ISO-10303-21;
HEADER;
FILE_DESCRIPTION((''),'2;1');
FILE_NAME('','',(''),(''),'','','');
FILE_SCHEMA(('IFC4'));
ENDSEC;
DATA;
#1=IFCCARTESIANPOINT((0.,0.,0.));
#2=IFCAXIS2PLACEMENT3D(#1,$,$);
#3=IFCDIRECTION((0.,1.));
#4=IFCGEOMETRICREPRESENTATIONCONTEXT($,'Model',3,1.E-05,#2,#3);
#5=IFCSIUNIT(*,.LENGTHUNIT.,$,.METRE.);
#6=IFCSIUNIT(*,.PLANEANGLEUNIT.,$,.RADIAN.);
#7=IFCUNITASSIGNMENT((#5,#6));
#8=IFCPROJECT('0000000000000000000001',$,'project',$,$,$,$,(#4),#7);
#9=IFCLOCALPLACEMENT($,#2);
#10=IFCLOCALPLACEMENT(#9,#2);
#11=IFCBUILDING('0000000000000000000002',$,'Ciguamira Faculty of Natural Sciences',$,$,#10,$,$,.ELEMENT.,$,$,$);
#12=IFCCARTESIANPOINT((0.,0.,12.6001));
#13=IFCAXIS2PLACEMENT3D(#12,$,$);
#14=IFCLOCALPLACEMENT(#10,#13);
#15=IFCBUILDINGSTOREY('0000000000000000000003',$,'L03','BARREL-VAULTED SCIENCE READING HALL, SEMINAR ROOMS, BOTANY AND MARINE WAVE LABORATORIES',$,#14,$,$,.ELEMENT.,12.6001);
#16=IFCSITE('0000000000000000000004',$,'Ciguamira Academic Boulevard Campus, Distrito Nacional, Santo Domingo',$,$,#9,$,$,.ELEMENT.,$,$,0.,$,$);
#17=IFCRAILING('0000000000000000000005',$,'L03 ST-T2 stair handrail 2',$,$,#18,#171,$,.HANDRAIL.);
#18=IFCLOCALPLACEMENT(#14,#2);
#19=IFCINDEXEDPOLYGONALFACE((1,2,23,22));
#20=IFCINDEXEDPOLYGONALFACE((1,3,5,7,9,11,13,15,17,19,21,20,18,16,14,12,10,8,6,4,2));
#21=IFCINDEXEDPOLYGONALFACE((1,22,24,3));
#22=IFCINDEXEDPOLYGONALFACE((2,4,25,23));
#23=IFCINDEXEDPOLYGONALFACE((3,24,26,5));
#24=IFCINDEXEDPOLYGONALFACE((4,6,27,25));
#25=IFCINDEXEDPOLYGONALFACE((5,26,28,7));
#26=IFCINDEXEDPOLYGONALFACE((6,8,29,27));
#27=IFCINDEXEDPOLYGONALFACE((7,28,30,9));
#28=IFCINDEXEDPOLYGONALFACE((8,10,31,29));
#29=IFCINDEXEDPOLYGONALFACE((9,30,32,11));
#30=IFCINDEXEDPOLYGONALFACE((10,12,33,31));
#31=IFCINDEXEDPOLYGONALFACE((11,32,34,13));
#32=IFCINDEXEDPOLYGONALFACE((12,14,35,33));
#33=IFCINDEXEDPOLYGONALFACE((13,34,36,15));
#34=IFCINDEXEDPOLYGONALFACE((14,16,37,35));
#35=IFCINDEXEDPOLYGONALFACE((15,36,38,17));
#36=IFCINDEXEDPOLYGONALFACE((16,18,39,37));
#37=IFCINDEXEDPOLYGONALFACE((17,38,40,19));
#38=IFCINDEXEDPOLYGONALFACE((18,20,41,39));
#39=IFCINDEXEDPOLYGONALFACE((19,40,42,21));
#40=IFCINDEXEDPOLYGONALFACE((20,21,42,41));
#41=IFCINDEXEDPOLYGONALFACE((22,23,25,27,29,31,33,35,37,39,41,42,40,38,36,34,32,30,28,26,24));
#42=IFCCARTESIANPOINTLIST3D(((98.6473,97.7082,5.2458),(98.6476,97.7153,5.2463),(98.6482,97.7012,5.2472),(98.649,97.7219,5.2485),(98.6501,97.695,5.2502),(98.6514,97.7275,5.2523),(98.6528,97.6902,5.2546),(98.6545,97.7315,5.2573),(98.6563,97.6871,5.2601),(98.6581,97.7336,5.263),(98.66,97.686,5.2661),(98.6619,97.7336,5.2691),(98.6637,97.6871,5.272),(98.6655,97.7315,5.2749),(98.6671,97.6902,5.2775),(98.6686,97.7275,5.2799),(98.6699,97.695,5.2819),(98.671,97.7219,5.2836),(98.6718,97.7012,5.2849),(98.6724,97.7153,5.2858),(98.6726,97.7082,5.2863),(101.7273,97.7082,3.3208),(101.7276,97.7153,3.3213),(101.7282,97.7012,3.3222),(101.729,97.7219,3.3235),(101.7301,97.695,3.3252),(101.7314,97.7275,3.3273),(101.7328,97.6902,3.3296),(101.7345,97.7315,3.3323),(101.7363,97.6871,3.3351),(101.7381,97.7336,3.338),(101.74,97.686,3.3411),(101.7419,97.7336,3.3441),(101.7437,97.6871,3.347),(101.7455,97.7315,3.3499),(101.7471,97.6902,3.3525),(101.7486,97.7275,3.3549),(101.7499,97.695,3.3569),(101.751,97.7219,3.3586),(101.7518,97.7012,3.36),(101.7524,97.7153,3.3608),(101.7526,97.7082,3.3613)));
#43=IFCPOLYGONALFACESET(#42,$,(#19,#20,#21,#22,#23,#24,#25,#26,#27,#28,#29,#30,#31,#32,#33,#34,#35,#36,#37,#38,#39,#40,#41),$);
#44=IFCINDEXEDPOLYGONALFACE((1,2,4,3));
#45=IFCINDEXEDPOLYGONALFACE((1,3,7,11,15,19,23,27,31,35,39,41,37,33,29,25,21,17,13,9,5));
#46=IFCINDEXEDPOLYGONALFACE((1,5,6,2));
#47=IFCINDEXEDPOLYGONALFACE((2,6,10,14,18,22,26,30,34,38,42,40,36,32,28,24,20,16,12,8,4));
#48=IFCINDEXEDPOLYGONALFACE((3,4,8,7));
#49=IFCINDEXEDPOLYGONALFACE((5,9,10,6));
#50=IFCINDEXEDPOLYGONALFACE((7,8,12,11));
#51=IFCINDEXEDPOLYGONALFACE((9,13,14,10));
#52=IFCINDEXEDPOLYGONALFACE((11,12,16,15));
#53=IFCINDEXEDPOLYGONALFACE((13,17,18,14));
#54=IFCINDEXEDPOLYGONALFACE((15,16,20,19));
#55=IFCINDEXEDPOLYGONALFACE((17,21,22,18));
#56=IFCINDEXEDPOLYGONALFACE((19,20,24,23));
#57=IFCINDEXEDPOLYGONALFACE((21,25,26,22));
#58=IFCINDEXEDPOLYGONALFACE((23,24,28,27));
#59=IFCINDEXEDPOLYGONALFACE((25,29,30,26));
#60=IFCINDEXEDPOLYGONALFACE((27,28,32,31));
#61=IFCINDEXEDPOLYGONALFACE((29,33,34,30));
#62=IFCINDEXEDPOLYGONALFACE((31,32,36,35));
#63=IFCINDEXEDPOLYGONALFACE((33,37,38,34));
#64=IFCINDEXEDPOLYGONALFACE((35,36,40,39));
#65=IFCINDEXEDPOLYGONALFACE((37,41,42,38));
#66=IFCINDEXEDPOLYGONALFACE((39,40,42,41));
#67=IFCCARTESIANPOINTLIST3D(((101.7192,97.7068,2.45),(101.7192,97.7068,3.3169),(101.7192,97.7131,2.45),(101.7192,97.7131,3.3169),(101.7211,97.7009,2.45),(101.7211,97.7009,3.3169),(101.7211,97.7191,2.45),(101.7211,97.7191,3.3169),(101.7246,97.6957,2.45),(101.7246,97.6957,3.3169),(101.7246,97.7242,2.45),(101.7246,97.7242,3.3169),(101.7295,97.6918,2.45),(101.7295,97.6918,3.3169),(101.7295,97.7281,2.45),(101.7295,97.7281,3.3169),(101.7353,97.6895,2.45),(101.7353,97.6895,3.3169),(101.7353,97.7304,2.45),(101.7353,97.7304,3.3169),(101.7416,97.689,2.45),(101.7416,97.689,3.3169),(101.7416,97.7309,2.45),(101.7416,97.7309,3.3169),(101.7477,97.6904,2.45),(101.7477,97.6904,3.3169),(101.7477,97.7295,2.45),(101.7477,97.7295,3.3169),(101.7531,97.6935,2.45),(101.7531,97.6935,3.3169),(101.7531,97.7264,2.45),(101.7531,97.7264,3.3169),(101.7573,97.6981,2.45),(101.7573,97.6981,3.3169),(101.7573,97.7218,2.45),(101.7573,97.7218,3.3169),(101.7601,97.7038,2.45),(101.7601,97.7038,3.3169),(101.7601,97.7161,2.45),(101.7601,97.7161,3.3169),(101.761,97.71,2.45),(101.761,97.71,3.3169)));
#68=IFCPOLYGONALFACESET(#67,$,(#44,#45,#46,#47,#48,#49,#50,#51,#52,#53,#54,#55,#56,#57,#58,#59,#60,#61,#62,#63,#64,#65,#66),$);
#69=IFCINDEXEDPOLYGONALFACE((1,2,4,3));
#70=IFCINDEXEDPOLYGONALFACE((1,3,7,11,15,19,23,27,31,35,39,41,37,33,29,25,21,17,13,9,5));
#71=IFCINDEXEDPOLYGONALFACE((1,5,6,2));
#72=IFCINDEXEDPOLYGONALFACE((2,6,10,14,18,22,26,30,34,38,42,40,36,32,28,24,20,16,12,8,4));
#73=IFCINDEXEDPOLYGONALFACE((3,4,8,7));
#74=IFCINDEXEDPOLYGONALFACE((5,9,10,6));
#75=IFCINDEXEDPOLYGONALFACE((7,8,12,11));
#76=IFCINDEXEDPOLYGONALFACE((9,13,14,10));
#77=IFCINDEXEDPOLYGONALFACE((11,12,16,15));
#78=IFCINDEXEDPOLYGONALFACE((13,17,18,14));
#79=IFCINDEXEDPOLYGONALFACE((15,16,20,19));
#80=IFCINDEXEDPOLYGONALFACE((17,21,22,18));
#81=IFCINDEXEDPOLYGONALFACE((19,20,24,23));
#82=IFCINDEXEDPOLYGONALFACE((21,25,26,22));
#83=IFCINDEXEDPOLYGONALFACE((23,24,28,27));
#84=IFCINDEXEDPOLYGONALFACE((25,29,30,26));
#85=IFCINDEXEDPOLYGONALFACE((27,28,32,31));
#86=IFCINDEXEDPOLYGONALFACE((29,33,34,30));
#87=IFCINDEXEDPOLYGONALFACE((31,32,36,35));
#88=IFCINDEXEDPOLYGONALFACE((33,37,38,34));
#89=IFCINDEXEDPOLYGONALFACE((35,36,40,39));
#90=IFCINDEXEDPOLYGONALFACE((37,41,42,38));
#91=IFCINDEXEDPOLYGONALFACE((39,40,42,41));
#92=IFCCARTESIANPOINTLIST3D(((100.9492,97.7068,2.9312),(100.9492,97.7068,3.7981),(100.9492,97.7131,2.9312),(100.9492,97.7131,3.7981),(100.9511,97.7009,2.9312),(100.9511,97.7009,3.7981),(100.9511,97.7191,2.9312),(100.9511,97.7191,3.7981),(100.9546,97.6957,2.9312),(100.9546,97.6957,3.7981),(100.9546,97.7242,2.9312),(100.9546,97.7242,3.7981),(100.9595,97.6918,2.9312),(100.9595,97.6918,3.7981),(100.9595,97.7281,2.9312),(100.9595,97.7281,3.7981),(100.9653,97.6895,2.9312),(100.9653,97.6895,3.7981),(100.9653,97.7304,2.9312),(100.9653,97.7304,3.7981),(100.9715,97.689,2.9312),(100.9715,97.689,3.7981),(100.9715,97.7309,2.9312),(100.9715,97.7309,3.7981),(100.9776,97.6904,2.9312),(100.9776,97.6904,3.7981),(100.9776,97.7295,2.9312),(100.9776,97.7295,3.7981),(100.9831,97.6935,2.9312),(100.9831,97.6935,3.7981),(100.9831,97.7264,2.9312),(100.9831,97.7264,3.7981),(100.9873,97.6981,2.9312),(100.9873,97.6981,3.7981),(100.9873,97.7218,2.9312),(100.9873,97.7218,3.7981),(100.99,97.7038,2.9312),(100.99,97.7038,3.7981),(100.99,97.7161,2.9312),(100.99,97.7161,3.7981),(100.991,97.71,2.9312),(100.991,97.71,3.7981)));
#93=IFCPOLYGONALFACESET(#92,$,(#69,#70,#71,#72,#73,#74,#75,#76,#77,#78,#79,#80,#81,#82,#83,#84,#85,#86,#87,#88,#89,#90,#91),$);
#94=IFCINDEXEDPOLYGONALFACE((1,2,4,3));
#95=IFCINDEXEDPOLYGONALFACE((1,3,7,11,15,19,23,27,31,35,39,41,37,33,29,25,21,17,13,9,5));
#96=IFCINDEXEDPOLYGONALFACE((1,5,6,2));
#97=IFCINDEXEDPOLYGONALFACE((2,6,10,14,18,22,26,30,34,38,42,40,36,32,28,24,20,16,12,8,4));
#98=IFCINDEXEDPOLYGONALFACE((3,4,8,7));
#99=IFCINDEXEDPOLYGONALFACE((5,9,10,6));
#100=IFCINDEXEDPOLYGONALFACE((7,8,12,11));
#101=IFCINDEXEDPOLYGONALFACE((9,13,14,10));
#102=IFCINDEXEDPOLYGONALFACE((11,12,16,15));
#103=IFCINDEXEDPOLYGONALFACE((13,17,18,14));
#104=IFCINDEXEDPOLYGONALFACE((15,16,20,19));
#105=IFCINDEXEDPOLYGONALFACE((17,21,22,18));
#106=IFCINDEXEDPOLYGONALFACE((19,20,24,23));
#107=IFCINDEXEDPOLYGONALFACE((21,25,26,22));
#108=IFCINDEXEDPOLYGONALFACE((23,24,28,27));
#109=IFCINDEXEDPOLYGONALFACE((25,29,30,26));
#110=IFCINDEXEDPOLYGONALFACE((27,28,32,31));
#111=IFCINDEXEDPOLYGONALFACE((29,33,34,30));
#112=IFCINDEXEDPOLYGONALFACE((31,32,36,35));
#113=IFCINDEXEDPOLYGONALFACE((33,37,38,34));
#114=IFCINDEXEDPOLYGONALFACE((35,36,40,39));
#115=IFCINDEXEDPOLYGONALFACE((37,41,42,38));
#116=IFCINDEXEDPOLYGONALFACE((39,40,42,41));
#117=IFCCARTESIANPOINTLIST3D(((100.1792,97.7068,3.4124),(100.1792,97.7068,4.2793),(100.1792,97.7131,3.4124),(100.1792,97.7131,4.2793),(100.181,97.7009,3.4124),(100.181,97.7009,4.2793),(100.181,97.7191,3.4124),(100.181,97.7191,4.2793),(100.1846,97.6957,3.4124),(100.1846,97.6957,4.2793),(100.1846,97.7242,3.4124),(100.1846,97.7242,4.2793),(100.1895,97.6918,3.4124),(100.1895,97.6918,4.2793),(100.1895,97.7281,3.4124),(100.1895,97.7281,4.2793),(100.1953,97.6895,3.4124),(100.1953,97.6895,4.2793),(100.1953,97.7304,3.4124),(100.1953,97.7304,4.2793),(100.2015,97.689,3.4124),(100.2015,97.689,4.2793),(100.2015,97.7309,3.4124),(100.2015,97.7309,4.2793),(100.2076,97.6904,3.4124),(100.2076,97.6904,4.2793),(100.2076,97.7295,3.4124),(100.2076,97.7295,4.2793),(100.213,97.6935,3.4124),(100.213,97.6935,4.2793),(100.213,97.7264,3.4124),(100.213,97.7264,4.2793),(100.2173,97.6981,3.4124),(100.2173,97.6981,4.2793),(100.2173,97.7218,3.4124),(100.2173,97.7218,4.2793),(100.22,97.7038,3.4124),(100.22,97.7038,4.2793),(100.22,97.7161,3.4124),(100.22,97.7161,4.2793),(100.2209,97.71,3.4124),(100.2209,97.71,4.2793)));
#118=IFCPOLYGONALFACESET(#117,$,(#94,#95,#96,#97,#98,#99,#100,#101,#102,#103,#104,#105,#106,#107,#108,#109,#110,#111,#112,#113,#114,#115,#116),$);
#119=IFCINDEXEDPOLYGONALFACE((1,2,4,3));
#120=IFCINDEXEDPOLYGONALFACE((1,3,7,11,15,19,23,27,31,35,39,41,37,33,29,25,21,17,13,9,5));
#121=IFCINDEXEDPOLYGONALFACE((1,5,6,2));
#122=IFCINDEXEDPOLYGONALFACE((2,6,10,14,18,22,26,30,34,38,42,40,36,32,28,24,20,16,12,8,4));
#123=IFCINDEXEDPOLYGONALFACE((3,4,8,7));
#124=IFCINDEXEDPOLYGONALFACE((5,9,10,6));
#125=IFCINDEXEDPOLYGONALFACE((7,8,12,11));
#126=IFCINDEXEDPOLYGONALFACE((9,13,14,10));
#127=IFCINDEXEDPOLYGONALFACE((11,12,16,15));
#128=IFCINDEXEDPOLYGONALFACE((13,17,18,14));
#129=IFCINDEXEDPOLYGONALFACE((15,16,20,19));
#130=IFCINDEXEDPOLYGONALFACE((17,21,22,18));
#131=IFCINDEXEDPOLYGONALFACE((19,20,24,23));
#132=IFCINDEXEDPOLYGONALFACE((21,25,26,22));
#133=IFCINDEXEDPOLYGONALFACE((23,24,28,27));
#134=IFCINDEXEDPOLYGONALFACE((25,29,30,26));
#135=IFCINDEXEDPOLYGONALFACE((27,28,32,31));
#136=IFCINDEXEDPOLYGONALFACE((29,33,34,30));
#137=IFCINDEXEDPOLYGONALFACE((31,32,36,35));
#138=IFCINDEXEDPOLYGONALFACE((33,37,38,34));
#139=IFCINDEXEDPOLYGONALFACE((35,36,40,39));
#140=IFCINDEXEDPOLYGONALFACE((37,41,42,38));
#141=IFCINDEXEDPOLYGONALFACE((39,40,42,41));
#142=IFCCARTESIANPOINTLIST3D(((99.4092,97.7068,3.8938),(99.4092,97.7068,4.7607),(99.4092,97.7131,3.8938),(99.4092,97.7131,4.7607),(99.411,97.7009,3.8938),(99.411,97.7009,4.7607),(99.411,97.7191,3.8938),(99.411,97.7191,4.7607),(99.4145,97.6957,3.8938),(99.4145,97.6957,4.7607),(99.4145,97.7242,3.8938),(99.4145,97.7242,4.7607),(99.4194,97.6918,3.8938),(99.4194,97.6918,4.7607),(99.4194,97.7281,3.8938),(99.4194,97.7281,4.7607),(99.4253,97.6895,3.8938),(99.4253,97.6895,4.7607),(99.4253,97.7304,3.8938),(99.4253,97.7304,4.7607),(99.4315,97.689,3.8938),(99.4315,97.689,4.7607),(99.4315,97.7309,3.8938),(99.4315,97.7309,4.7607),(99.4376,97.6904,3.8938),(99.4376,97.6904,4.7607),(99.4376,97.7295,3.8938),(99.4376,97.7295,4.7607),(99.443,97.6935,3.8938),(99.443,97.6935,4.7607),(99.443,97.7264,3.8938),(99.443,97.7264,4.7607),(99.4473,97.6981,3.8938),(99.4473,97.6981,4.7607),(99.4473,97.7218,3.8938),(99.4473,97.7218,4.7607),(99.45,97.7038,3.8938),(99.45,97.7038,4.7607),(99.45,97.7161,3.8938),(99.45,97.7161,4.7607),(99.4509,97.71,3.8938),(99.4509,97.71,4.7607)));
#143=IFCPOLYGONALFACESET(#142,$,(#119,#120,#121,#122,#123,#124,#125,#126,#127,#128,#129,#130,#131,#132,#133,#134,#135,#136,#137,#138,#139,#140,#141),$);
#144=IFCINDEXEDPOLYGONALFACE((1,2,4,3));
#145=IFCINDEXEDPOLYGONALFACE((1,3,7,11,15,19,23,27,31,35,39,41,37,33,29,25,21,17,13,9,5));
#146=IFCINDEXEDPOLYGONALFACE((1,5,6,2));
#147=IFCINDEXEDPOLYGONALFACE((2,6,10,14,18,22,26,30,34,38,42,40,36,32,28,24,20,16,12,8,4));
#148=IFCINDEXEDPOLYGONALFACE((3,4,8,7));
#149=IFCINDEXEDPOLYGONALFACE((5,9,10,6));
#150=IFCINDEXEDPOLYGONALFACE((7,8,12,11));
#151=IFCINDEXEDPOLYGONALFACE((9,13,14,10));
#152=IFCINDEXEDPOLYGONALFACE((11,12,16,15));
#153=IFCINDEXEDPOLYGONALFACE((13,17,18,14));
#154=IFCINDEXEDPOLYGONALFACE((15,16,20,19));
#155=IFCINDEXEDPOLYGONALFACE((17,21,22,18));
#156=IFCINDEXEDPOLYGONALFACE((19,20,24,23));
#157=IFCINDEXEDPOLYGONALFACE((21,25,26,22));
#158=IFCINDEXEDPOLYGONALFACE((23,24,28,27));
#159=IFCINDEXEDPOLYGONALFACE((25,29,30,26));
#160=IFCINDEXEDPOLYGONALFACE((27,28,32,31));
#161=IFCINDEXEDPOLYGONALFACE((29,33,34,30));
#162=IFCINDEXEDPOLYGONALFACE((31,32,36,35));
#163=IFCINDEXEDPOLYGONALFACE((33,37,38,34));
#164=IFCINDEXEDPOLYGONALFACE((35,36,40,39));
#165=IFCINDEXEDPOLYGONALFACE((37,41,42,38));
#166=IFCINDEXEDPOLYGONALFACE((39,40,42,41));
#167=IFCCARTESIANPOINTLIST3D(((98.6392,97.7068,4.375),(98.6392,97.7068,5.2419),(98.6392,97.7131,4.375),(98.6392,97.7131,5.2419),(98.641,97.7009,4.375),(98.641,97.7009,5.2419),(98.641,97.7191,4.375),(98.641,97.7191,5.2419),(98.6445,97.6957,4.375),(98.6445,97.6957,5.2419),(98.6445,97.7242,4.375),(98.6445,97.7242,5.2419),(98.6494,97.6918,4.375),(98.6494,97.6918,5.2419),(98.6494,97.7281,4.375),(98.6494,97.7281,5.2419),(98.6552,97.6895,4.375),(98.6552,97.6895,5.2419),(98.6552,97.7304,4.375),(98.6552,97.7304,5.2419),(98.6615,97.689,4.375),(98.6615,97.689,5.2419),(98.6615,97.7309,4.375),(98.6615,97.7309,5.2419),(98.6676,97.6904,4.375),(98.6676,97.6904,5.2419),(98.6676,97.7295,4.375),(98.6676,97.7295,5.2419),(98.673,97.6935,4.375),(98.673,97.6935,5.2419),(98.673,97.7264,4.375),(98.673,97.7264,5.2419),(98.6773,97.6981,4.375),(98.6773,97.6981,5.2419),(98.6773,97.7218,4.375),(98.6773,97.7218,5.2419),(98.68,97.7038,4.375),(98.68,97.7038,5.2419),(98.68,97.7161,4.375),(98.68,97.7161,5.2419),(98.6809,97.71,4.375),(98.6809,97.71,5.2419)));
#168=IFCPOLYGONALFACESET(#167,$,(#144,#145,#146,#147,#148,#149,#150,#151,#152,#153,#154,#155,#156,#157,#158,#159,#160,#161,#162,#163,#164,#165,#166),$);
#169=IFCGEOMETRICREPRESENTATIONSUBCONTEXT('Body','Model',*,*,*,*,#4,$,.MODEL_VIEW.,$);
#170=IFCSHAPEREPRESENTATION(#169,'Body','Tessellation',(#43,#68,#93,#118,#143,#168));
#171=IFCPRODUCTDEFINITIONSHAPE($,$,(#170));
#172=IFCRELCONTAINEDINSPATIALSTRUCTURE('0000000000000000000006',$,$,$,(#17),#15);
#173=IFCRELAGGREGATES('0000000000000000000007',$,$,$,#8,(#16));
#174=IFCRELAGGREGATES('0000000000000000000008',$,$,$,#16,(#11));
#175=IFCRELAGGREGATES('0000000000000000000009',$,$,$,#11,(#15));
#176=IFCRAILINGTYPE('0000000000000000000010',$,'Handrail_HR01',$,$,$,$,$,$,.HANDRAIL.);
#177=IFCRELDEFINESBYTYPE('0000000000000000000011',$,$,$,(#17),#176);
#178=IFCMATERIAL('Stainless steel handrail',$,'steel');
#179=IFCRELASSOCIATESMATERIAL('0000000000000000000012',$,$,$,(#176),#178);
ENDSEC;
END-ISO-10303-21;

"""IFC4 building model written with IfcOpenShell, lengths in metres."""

from ifc_helpers import new_model, si_unit, direction, frame, origin, origin_2d, place, context, subcontext, project, spatial, circle, extrude, material, type_object, element, save


model = new_model("IFC4")

# Units and contexts
model_context = context("Model", 3, precision=1e-05, world=origin(), true_north=direction((0.0, 1.0)))
body_context = subcontext(model_context, "Body", "Model", "MODEL_VIEW")
ifc_project = project(units=[si_unit("LENGTHUNIT", "METRE"), si_unit("PLANEANGLEUNIT", "RADIAN")], contexts=[model_context])

# Site, building, storey
site_placement = place(None, origin())
site = spatial("IfcSite", under=ifc_project, at=site_placement, Name="Ciguamira Academic Boulevard Campus, Distrito Nacional, Santo Domingo", CompositionType="ELEMENT", RefElevation=0.0)
building_placement = place(site_placement, origin())
building = spatial("IfcBuilding", under=site, at=building_placement, Name="Ciguamira Faculty of Natural Sciences", CompositionType="ELEMENT")
storey_placement = place(building_placement, frame((0.0, 0.0, 12.6001)))
storey = spatial("IfcBuildingStorey", under=building, at=storey_placement, Name="L03", Description="BARREL-VAULTED SCIENCE READING HALL, SEMINAR ROOMS, BOTANY AND MARINE WAVE LABORATORIES", CompositionType="ELEMENT", Elevation=12.6001)

# Railing
ifc_material_1 = material(Name="Stainless steel handrail", Category="steel")
railing_type_1 = type_object("IfcRailingType", Name="Handrail_HR01", PredefinedType="HANDRAIL", material=ifc_material_1)
railing_1_placement = place(storey_placement, frame((101.74, 97.71, 2.45)))
element("IfcRailing", 1, at=railing_1_placement, inside=storey, type_object=railing_type_1, Name="L03 ST-T2 stair handrail 2", PredefinedType="HANDRAIL", context=body_context, shape_type="SweptSolid", body=[
    extrude(circle(Radius=0.0239, at=origin_2d()), frame((0.0, 0.0, 0.8911), z_axis=(-0.847998, 0.0, 0.529999), x_axis=(0.0, -1.0, 0.0)), (0.0, 0.0, 1.0), 3.6321),
    extrude(circle(Radius=0.021, at=origin_2d()), origin(), (0.0, 0.0, 1.0), 0.8669),
    extrude(circle(Radius=0.021, at=origin_2d()), frame((-0.77, 0.0, 0.4812)), (0.0, 0.0, 1.0), 0.8669),
    extrude(circle(Radius=0.021, at=origin_2d()), frame((-1.54, 0.0, 0.9624)), (0.0, 0.0, 1.0), 0.8669),
    extrude(circle(Radius=0.021, at=origin_2d()), frame((-2.3101, 0.0, 1.4438)), (0.0, 0.0, 1.0), 0.8669),
    extrude(circle(Radius=0.021, at=origin_2d()), frame((-3.0801, 0.0, 1.925)), (0.0, 0.0, 1.0), 0.8669),
])

save(model, "model.ifc")
